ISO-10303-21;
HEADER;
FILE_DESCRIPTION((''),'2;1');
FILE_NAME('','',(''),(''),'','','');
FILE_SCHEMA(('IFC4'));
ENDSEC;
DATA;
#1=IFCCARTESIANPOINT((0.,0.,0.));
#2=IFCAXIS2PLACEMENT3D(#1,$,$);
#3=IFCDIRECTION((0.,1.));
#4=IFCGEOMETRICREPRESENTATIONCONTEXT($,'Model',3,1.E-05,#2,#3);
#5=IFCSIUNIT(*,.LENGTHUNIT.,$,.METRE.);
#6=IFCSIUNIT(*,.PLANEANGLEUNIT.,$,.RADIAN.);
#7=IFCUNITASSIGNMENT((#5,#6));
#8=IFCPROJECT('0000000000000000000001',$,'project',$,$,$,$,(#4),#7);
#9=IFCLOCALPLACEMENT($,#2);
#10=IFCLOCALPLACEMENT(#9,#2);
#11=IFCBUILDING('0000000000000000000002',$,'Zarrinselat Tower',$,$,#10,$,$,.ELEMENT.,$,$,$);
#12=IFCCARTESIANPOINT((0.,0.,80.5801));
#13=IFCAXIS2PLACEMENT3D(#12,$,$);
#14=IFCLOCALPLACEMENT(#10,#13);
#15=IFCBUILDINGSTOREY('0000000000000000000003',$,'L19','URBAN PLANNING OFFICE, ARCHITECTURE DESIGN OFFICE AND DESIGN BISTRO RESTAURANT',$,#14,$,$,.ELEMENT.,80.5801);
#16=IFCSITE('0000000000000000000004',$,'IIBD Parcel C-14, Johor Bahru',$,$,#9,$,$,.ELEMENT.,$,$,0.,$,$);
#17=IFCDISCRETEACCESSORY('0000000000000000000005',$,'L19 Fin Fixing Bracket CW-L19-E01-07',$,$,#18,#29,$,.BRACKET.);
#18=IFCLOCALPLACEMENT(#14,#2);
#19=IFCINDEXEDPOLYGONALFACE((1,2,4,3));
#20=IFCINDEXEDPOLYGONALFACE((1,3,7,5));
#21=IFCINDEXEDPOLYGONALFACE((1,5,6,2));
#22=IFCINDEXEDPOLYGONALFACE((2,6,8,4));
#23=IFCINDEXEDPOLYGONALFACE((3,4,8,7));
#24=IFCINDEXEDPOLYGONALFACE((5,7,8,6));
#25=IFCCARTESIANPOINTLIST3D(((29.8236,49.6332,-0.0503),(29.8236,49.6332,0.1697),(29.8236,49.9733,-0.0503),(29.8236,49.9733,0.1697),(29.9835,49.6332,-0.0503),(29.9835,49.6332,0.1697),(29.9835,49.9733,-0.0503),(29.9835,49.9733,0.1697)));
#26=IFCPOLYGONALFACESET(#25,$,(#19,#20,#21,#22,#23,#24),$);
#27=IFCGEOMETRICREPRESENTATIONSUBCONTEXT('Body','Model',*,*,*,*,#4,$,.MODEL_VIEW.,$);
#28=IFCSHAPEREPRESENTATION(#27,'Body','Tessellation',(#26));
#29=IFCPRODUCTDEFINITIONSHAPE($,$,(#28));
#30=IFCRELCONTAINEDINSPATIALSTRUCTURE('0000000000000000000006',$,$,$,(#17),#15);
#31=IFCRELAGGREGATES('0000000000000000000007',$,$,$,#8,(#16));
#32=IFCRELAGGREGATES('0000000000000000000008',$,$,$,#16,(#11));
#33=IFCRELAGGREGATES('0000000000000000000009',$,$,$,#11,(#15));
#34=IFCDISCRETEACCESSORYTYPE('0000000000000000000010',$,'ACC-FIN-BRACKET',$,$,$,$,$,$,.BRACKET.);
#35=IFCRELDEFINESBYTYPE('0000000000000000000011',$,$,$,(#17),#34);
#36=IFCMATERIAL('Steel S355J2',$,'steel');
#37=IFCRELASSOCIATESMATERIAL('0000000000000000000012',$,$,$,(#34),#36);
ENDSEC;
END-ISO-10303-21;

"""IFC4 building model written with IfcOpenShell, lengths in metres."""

from ifc_helpers import new_model, si_unit, direction, frame, origin, origin_2d, place, context, subcontext, project, spatial, rectangle, extrude, material, type_object, element, save


model = new_model("IFC4")

# Units and contexts
model_context = context("Model", 3, precision=1e-05, world=origin(), true_north=direction((0.0, 1.0)))
body_context = subcontext(model_context, "Body", "Model", "MODEL_VIEW")
ifc_project = project(units=[si_unit("LENGTHUNIT", "METRE"), si_unit("PLANEANGLEUNIT", "RADIAN")], contexts=[model_context])

# Site, building, storey
site_placement = place(None, origin())
site = spatial("IfcSite", under=ifc_project, at=site_placement, Name="IIBD Parcel C-14, Johor Bahru", CompositionType="ELEMENT", RefElevation=0.0)
building_placement = place(site_placement, origin())
building = spatial("IfcBuilding", under=site, at=building_placement, Name="Zarrinselat Tower", CompositionType="ELEMENT")
storey_placement = place(building_placement, frame((0.0, 0.0, 80.5801)))
storey = spatial("IfcBuildingStorey", under=building, at=storey_placement, Name="L19", Description="URBAN PLANNING OFFICE, ARCHITECTURE DESIGN OFFICE AND DESIGN BISTRO RESTAURANT", CompositionType="ELEMENT", Elevation=80.5801)

# Discrete accessory
ifc_material_1 = material(Name="Steel S355J2", Category="steel")
discrete_accessory_type = type_object("IfcDiscreteAccessoryType", Name="ACC-FIN-BRACKET", PredefinedType="BRACKET", material=ifc_material_1)
discrete_accessory_placement = place(storey_placement, frame((29.9036, 49.8032, -0.0503), z_axis=(0.0, 0.0, 1.0), x_axis=(0.0, 1.0, 0.0)))
element("IfcDiscreteAccessory", 1, at=discrete_accessory_placement, inside=storey, type_object=discrete_accessory_type, Name="L19 Fin Fixing Bracket CW-L19-E01-07", PredefinedType="BRACKET", context=body_context, shape_type="SweptSolid", body=[
    extrude(rectangle(XDim=0.3401, YDim=0.1599, at=origin_2d()), origin(), (0.0, 0.0, 1.0), 0.22),
])

save(model, "model.ifc")
